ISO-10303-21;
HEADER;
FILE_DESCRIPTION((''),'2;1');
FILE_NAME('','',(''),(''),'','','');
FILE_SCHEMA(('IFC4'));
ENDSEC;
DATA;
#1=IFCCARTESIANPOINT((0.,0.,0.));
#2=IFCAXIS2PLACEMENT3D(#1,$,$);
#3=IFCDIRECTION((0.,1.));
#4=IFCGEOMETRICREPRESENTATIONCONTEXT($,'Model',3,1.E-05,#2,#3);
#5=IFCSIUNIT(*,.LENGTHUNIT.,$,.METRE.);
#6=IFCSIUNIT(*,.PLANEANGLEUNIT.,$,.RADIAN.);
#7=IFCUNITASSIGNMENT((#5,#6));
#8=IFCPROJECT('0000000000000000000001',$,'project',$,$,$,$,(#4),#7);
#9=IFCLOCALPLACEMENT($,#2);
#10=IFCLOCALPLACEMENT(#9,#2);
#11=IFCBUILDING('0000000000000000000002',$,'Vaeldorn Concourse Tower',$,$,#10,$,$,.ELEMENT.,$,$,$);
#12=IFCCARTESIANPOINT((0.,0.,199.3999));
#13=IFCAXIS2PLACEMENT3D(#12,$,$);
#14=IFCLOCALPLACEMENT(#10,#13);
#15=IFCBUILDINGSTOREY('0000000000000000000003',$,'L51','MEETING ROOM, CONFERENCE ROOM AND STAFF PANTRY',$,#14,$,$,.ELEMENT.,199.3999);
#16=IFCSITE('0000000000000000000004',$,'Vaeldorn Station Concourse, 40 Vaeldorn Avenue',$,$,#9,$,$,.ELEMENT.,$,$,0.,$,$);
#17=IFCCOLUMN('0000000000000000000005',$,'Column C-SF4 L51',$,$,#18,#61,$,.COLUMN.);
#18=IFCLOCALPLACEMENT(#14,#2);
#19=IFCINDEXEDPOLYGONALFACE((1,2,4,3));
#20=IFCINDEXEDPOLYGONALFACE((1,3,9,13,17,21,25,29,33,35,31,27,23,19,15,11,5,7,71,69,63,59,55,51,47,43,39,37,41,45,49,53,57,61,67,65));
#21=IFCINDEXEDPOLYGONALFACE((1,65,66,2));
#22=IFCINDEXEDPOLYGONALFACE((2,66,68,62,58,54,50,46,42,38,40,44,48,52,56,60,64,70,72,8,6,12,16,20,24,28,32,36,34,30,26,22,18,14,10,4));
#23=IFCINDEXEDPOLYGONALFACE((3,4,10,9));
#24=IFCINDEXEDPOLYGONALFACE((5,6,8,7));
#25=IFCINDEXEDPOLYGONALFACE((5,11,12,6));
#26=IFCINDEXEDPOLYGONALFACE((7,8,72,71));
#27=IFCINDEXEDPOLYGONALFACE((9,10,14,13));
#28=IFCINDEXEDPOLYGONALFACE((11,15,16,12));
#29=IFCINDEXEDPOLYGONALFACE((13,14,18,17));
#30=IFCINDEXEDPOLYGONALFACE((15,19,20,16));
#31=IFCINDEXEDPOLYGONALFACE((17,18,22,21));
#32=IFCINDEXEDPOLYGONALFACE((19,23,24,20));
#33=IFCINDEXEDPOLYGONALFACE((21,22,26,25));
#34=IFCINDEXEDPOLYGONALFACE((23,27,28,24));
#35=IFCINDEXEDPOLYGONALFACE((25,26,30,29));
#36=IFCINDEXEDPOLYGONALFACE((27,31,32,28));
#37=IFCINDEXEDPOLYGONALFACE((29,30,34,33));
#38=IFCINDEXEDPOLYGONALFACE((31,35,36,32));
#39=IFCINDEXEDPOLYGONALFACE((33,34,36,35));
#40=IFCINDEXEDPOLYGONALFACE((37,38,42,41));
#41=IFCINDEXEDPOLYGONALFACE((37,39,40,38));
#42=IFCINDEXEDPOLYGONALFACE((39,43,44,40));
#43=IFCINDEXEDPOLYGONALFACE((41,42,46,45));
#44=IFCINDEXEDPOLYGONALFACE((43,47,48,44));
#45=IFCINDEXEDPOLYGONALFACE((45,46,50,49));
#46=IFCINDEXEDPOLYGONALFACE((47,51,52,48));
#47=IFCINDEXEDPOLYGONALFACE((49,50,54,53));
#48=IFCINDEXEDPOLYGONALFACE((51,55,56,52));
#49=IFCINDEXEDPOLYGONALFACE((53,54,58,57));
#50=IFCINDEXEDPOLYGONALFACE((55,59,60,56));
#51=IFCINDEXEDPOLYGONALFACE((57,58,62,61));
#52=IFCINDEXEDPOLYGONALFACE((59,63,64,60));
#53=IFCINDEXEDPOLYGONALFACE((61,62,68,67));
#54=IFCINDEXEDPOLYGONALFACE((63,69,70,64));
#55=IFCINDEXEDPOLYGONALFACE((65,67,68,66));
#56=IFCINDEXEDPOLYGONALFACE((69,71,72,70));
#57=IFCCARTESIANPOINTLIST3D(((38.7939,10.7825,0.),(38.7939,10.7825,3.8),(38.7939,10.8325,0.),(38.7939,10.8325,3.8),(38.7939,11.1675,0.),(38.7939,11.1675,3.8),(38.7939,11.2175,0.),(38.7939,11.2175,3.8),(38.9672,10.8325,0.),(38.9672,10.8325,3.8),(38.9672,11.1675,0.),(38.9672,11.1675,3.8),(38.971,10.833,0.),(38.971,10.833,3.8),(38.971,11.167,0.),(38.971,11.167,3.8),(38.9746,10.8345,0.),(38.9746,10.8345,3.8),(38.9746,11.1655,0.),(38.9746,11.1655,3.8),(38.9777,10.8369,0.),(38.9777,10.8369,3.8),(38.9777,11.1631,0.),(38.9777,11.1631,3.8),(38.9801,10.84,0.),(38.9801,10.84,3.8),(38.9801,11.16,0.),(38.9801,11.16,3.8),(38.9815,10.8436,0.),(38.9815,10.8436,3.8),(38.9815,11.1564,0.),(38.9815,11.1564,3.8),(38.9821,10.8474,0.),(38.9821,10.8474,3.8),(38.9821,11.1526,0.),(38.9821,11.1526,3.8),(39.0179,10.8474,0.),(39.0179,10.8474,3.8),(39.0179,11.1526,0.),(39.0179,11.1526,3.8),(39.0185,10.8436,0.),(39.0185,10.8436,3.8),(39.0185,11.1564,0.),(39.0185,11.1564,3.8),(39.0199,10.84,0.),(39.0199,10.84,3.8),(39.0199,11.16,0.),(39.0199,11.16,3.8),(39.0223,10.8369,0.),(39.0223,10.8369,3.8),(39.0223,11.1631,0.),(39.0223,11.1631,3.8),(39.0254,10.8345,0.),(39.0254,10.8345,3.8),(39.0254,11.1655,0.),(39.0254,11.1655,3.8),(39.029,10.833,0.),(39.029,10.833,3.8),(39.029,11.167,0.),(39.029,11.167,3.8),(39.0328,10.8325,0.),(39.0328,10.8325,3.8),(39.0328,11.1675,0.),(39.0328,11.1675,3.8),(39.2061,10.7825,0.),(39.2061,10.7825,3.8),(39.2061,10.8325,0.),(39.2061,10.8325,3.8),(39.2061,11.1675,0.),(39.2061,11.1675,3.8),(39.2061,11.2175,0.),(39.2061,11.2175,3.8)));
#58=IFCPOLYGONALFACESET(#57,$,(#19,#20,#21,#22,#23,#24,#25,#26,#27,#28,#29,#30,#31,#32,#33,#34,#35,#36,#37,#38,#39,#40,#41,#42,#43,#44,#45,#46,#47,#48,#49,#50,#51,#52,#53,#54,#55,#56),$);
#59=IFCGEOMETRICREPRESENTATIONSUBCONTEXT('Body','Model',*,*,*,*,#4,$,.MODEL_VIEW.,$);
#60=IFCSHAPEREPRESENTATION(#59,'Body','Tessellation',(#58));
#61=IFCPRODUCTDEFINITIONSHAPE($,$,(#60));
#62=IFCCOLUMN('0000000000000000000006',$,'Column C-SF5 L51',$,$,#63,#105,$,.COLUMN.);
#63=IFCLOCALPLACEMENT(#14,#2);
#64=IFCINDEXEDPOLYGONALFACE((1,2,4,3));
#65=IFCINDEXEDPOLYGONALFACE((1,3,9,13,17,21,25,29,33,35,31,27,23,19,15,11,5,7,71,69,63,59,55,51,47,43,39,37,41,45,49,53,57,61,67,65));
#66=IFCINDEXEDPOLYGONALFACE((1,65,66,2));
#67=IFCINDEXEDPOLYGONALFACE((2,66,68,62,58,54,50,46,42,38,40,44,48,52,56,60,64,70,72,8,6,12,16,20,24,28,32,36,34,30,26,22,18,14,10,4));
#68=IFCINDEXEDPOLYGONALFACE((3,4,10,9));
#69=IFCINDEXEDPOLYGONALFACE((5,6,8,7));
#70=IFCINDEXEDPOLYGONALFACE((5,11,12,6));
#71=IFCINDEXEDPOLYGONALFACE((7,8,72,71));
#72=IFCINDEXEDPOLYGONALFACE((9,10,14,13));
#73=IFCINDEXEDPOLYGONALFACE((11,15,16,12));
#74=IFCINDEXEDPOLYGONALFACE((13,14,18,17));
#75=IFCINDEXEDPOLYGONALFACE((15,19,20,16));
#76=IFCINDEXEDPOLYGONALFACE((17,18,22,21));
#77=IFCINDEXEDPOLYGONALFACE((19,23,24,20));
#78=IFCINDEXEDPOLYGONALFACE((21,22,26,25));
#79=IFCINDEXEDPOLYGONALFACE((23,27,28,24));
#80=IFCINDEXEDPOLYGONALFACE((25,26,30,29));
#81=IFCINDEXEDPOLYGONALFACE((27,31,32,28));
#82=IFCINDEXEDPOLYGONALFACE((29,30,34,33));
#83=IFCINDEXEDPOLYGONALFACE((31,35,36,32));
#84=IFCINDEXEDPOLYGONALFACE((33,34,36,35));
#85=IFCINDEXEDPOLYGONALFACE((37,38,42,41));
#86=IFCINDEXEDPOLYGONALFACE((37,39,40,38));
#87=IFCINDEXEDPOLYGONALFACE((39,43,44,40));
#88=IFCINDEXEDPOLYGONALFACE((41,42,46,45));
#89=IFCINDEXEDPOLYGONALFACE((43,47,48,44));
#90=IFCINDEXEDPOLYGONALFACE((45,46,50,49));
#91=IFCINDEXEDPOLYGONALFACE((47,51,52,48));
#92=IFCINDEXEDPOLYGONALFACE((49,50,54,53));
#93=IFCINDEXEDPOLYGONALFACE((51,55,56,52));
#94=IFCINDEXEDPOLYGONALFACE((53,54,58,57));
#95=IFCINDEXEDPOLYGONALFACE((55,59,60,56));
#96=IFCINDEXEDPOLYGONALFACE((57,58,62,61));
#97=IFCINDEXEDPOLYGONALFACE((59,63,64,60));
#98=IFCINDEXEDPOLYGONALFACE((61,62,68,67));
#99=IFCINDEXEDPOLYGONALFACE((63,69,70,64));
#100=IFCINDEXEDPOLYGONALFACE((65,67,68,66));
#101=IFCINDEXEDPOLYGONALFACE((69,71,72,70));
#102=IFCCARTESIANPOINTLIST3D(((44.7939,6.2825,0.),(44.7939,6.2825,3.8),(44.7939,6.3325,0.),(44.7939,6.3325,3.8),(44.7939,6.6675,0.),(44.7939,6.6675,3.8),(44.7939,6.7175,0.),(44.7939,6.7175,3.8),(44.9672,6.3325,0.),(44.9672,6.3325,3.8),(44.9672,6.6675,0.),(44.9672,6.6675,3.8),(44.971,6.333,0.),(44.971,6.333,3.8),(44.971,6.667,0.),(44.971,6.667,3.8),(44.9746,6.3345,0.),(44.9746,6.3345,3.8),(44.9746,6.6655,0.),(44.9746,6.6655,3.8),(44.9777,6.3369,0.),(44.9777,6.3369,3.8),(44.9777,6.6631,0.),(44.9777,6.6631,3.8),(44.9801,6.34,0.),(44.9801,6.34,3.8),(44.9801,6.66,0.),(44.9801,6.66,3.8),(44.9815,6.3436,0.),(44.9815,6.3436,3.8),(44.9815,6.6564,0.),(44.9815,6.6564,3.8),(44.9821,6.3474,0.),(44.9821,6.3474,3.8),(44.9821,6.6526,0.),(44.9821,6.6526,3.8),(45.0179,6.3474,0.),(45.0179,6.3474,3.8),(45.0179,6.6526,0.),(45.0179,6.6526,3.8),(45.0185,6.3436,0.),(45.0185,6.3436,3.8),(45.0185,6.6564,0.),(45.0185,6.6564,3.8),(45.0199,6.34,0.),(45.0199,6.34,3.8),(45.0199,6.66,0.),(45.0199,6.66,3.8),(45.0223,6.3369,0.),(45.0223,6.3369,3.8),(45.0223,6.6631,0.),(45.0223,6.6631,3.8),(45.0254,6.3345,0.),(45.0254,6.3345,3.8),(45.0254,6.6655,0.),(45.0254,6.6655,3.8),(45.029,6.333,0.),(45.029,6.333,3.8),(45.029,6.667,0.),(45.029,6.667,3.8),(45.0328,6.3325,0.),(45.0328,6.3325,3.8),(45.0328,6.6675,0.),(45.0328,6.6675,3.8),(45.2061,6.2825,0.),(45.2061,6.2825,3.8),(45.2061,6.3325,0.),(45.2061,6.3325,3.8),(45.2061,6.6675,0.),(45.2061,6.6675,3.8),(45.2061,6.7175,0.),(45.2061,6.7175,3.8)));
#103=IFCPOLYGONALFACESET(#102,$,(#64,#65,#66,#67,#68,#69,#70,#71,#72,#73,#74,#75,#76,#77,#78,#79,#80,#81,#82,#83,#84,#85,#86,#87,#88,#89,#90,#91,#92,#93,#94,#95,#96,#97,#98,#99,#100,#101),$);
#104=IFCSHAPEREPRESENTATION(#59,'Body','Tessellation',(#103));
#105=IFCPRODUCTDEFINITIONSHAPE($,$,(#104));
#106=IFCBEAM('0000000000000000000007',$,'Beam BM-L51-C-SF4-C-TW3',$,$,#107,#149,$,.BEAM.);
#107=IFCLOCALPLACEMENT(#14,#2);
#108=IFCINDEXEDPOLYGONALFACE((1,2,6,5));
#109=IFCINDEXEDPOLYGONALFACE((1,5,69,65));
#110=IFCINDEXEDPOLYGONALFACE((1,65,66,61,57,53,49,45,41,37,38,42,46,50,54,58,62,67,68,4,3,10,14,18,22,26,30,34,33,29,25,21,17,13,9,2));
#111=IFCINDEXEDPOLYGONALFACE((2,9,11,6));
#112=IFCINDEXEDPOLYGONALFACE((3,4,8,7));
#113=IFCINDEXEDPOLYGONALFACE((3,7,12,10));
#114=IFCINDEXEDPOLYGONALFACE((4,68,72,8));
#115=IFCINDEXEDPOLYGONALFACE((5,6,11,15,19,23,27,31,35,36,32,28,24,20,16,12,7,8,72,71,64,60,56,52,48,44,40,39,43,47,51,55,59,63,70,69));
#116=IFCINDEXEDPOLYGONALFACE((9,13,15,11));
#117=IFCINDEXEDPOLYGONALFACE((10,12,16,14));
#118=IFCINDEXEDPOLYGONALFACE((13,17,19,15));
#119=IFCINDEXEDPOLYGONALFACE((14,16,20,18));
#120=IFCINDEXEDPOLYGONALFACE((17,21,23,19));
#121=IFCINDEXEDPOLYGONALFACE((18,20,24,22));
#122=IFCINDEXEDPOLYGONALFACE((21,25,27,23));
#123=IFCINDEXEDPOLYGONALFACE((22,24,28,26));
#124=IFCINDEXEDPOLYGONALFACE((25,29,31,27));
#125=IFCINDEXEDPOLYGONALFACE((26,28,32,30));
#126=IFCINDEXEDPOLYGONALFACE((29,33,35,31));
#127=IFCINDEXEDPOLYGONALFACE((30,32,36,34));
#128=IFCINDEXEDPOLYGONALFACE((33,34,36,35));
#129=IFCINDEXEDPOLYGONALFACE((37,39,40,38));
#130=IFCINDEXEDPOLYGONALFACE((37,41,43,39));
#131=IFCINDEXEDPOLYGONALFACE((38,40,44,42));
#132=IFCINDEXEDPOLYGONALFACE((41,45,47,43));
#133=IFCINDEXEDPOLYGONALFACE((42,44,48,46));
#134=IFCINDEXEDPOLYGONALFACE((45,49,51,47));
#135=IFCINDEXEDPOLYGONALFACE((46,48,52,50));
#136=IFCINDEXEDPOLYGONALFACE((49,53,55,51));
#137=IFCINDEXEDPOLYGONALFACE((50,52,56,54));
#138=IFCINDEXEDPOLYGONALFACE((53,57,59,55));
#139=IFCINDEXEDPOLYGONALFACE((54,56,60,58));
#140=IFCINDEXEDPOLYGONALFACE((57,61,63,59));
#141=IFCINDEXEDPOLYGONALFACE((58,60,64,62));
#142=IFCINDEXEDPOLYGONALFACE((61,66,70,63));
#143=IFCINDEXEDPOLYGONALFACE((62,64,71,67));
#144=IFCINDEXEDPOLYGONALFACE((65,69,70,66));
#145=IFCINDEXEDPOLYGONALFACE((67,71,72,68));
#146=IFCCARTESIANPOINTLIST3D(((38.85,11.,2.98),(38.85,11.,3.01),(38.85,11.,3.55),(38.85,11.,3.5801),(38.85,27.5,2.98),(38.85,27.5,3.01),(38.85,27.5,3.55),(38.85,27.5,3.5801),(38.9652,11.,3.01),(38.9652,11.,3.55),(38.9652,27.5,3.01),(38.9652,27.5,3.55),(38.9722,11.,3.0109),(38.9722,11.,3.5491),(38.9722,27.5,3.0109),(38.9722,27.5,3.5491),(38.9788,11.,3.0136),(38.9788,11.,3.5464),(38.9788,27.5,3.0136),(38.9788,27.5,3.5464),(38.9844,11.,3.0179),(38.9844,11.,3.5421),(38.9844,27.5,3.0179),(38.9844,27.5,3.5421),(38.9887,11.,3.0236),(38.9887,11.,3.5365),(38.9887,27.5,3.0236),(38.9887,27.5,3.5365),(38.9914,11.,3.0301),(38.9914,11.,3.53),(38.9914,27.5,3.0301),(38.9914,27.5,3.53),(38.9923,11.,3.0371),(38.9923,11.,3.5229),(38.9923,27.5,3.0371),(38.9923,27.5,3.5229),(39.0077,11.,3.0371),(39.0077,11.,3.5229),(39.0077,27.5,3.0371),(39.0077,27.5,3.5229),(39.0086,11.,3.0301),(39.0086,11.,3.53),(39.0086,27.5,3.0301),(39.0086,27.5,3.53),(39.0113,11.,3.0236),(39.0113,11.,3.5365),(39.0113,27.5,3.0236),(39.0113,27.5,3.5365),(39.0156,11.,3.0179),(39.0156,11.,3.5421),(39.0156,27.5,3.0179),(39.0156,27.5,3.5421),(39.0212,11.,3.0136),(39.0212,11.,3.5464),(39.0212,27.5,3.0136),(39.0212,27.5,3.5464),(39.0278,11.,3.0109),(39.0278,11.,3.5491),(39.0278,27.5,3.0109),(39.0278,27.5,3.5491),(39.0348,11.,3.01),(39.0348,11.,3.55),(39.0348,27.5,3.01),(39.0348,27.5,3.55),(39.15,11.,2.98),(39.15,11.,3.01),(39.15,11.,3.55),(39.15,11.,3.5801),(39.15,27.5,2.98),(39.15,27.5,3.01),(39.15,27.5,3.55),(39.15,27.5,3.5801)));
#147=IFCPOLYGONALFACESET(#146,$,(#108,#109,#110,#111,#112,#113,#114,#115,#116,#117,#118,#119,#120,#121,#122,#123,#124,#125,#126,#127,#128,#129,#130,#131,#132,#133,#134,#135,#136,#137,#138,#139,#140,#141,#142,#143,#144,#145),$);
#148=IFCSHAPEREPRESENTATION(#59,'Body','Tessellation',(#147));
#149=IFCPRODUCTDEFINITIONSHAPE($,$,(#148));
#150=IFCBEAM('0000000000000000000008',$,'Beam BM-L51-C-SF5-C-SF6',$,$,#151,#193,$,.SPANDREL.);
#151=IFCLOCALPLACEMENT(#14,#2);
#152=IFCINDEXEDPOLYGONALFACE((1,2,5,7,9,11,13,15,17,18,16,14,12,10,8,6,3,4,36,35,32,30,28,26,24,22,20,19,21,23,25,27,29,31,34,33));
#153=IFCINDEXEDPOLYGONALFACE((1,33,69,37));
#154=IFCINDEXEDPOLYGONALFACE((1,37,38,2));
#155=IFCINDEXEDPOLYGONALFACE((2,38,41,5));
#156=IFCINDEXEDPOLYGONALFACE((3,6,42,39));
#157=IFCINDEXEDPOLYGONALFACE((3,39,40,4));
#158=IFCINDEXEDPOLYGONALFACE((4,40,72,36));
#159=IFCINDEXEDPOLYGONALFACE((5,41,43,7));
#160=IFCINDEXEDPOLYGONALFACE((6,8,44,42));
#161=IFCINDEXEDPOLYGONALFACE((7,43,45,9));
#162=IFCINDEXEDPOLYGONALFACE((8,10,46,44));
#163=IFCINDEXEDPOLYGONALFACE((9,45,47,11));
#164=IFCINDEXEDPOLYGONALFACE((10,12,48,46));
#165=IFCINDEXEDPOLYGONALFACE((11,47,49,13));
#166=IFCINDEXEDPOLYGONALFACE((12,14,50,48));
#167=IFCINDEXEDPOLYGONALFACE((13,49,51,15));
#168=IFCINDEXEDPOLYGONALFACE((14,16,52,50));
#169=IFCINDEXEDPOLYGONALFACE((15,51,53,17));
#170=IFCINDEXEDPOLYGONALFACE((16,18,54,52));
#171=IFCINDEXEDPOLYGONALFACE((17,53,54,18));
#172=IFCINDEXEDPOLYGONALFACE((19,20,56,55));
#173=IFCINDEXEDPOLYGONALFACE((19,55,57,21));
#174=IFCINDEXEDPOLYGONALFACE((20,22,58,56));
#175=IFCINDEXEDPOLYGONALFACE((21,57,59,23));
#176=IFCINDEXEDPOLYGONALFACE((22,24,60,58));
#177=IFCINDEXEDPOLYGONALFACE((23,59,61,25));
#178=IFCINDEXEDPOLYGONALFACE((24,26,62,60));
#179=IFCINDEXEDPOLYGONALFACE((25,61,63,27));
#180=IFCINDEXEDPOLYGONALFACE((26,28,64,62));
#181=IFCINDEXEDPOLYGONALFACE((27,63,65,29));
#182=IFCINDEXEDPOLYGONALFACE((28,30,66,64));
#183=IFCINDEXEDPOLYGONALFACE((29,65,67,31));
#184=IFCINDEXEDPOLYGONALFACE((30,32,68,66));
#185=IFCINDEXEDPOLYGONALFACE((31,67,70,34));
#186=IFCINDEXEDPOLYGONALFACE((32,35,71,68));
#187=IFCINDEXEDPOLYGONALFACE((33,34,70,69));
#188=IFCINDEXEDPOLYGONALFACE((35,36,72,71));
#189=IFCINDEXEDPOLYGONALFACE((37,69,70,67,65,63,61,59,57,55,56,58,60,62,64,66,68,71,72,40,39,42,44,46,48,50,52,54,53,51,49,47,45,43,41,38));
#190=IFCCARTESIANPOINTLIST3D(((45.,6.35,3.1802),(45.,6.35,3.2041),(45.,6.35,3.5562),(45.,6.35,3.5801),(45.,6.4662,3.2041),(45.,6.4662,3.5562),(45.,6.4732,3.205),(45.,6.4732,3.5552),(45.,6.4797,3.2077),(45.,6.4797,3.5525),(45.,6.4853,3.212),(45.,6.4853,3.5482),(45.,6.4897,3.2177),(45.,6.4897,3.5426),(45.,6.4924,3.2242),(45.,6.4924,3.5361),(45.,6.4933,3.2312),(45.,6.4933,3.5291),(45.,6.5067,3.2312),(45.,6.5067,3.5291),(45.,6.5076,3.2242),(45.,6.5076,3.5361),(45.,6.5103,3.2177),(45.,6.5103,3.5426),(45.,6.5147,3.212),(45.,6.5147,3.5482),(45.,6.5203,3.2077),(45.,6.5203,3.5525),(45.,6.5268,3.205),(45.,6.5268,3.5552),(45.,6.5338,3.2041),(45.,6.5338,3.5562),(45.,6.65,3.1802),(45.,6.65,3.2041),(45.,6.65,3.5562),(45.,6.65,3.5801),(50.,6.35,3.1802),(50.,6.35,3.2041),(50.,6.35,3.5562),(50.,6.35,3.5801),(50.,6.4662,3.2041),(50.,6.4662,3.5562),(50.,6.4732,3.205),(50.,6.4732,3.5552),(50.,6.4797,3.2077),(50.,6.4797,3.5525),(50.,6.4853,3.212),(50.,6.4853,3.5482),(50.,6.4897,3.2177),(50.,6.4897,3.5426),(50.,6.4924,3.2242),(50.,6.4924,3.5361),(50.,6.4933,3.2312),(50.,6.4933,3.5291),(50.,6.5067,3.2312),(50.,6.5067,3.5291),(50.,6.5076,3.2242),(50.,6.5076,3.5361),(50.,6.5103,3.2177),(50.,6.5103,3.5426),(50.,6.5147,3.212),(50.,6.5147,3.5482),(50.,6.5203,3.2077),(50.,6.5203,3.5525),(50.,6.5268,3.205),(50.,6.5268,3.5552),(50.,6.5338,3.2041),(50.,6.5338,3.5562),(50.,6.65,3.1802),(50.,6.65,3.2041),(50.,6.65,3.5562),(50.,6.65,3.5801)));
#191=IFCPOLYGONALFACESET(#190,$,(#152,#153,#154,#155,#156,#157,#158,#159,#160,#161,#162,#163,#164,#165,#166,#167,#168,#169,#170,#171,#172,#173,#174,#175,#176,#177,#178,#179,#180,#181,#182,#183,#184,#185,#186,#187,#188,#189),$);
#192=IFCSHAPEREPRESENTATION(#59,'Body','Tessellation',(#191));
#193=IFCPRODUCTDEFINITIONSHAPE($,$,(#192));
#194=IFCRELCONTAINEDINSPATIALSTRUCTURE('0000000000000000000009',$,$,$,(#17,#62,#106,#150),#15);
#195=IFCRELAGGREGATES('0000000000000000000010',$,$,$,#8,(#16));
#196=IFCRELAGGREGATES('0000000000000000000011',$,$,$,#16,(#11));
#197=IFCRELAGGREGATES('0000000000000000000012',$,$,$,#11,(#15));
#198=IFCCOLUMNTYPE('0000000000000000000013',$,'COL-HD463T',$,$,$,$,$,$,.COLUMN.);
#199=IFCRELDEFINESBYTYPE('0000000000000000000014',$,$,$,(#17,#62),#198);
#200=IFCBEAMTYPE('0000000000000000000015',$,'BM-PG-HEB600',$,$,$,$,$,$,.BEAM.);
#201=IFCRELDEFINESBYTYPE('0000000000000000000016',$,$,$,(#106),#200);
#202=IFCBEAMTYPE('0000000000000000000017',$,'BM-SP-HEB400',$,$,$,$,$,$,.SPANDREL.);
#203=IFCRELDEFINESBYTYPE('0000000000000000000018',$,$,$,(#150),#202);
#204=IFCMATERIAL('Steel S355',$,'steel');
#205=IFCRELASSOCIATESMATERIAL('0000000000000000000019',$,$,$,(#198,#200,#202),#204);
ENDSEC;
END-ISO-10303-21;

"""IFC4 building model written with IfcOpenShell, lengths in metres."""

from ifc_helpers import new_model, si_unit, direction, frame, origin, origin_2d, place, context, subcontext, project, spatial, i_section, extrude, source, transform, mapped, material, material_profile, profile_set, type_object, element, save


model = new_model("IFC4")

# Units and contexts
model_context = context("Model", 3, precision=1e-05, world=origin(), true_north=direction((0.0, 1.0)))
body_context = subcontext(model_context, "Body", "Model", "MODEL_VIEW")
ifc_project = project(units=[si_unit("LENGTHUNIT", "METRE"), si_unit("PLANEANGLEUNIT", "RADIAN")], contexts=[model_context])

# Site, building, storey
site_placement = place(None, origin())
site = spatial("IfcSite", under=ifc_project, at=site_placement, Name="Vaeldorn Station Concourse, 40 Vaeldorn Avenue", CompositionType="ELEMENT", RefElevation=0.0)
building_placement = place(site_placement, origin())
building = spatial("IfcBuilding", under=site, at=building_placement, Name="Vaeldorn Concourse Tower", CompositionType="ELEMENT")
storey_placement = place(building_placement, frame((0.0, 0.0, 199.3999)))
storey = spatial("IfcBuildingStorey", under=building, at=storey_placement, Name="L51", Description="MEETING ROOM, CONFERENCE ROOM AND STAFF PANTRY", CompositionType="ELEMENT", Elevation=199.3999)

# Columns
ifc_material_1 = material(Name="Steel S355", Category="steel")
ifc_material_profile_1 = material_profile(ifc_material_1, i_section(OverallWidth=0.4121, OverallDepth=0.4351, WebThickness=0.0359, FlangeThickness=0.05, FilletRadius=0.0149, at=origin_2d()), Name="HD 400x463")
ifc_profile_set_1 = profile_set([ifc_material_profile_1], Name="Steel S355")
column_type = type_object("IfcColumnType", Name="COL-HD463T", PredefinedType="COLUMN", material=ifc_profile_set_1)
shared_shape_1 = source(origin(), body_context, "Body", "SweptSolid", [
    extrude(i_section(OverallWidth=0.4121, OverallDepth=0.4351, WebThickness=0.0359, FlangeThickness=0.05, FilletRadius=0.0149, at=origin_2d()), origin(), (0.0, 0.0, 1.0), 3.8),
])
for number, where, z_axis, x_axis, name in (
    (1, (39.0, 11.0, 0.0), (0.0, 0.0, 1.0), (1.0, 0.0, 0.0), "Column C-SF4 L51"),
    (2, (45.0, 6.5, 0.0), (0.0, 0.0, 1.0), (1.0, 0.0, 0.0), "Column C-SF5 L51"),
):
    element("IfcColumn", number, at=place(storey_placement, frame(where, z_axis=z_axis, x_axis=x_axis)), inside=storey, type_object=column_type, Name=name, PredefinedType="COLUMN", context=body_context, shape_type="MappedRepresentation", body=[
        mapped(shared_shape_1, transform((0.0, 0.0, 0.0), scale=1.0)),
    ])

# Beams
ifc_material_profile_2 = material_profile(ifc_material_1, i_section(OverallWidth=0.3, OverallDepth=0.6001, WebThickness=0.0154, FlangeThickness=0.03, FilletRadius=0.0271, at=origin_2d()), Name="HEB 600")
ifc_profile_set_2 = profile_set([ifc_material_profile_2], Name="Steel S355")
beam_type_1 = type_object("IfcBeamType", Name="BM-PG-HEB600", PredefinedType="BEAM", material=ifc_profile_set_2)
shared_shape_2 = source(origin(), body_context, "Body", "SweptSolid", [
    extrude(i_section(OverallWidth=0.3, OverallDepth=0.6001, WebThickness=0.0154, FlangeThickness=0.03, FilletRadius=0.0271, at=origin_2d()), origin(), (0.0, 0.0, 1.0), 16.5),
])
beam_1_placement = place(storey_placement, frame((39.0, 11.0, 3.28), z_axis=(0.0, 1.0, 0.0), x_axis=(-1.0, 0.0, 0.0)))
element("IfcBeam", 3, at=beam_1_placement, inside=storey, type_object=beam_type_1, Name="Beam BM-L51-C-SF4-C-TW3", PredefinedType="BEAM", context=body_context, shape_type="MappedRepresentation", body=[
    mapped(shared_shape_2, transform((0.0, 0.0, 0.0), scale=1.0)),
])
ifc_material_profile_3 = material_profile(ifc_material_1, i_section(OverallWidth=0.3, OverallDepth=0.3999, WebThickness=0.0134, FlangeThickness=0.0239, FilletRadius=0.0271, at=origin_2d()), Name="HEB 400")
ifc_profile_set_3 = profile_set([ifc_material_profile_3], Name="Steel S355")
beam_type_2 = type_object("IfcBeamType", Name="BM-SP-HEB400", PredefinedType="SPANDREL", material=ifc_profile_set_3)
shared_shape_3 = source(origin(), body_context, "Body", "SweptSolid", [
    extrude(i_section(OverallWidth=0.3, OverallDepth=0.3999, WebThickness=0.0134, FlangeThickness=0.0239, FilletRadius=0.0271, at=origin_2d()), origin(), (0.0, 0.0, 1.0), 5.0),
])
beam_2_placement = place(storey_placement, frame((45.0, 6.5, 3.3801), z_axis=(1.0, 0.0, 0.0), x_axis=(0.0, 1.0, 0.0)))
element("IfcBeam", 4, at=beam_2_placement, inside=storey, type_object=beam_type_2, Name="Beam BM-L51-C-SF5-C-SF6", PredefinedType="SPANDREL", context=body_context, shape_type="MappedRepresentation", body=[
    mapped(shared_shape_3, transform((0.0, 0.0, 0.0), scale=1.0)),
])

save(model, "model.ifc")
